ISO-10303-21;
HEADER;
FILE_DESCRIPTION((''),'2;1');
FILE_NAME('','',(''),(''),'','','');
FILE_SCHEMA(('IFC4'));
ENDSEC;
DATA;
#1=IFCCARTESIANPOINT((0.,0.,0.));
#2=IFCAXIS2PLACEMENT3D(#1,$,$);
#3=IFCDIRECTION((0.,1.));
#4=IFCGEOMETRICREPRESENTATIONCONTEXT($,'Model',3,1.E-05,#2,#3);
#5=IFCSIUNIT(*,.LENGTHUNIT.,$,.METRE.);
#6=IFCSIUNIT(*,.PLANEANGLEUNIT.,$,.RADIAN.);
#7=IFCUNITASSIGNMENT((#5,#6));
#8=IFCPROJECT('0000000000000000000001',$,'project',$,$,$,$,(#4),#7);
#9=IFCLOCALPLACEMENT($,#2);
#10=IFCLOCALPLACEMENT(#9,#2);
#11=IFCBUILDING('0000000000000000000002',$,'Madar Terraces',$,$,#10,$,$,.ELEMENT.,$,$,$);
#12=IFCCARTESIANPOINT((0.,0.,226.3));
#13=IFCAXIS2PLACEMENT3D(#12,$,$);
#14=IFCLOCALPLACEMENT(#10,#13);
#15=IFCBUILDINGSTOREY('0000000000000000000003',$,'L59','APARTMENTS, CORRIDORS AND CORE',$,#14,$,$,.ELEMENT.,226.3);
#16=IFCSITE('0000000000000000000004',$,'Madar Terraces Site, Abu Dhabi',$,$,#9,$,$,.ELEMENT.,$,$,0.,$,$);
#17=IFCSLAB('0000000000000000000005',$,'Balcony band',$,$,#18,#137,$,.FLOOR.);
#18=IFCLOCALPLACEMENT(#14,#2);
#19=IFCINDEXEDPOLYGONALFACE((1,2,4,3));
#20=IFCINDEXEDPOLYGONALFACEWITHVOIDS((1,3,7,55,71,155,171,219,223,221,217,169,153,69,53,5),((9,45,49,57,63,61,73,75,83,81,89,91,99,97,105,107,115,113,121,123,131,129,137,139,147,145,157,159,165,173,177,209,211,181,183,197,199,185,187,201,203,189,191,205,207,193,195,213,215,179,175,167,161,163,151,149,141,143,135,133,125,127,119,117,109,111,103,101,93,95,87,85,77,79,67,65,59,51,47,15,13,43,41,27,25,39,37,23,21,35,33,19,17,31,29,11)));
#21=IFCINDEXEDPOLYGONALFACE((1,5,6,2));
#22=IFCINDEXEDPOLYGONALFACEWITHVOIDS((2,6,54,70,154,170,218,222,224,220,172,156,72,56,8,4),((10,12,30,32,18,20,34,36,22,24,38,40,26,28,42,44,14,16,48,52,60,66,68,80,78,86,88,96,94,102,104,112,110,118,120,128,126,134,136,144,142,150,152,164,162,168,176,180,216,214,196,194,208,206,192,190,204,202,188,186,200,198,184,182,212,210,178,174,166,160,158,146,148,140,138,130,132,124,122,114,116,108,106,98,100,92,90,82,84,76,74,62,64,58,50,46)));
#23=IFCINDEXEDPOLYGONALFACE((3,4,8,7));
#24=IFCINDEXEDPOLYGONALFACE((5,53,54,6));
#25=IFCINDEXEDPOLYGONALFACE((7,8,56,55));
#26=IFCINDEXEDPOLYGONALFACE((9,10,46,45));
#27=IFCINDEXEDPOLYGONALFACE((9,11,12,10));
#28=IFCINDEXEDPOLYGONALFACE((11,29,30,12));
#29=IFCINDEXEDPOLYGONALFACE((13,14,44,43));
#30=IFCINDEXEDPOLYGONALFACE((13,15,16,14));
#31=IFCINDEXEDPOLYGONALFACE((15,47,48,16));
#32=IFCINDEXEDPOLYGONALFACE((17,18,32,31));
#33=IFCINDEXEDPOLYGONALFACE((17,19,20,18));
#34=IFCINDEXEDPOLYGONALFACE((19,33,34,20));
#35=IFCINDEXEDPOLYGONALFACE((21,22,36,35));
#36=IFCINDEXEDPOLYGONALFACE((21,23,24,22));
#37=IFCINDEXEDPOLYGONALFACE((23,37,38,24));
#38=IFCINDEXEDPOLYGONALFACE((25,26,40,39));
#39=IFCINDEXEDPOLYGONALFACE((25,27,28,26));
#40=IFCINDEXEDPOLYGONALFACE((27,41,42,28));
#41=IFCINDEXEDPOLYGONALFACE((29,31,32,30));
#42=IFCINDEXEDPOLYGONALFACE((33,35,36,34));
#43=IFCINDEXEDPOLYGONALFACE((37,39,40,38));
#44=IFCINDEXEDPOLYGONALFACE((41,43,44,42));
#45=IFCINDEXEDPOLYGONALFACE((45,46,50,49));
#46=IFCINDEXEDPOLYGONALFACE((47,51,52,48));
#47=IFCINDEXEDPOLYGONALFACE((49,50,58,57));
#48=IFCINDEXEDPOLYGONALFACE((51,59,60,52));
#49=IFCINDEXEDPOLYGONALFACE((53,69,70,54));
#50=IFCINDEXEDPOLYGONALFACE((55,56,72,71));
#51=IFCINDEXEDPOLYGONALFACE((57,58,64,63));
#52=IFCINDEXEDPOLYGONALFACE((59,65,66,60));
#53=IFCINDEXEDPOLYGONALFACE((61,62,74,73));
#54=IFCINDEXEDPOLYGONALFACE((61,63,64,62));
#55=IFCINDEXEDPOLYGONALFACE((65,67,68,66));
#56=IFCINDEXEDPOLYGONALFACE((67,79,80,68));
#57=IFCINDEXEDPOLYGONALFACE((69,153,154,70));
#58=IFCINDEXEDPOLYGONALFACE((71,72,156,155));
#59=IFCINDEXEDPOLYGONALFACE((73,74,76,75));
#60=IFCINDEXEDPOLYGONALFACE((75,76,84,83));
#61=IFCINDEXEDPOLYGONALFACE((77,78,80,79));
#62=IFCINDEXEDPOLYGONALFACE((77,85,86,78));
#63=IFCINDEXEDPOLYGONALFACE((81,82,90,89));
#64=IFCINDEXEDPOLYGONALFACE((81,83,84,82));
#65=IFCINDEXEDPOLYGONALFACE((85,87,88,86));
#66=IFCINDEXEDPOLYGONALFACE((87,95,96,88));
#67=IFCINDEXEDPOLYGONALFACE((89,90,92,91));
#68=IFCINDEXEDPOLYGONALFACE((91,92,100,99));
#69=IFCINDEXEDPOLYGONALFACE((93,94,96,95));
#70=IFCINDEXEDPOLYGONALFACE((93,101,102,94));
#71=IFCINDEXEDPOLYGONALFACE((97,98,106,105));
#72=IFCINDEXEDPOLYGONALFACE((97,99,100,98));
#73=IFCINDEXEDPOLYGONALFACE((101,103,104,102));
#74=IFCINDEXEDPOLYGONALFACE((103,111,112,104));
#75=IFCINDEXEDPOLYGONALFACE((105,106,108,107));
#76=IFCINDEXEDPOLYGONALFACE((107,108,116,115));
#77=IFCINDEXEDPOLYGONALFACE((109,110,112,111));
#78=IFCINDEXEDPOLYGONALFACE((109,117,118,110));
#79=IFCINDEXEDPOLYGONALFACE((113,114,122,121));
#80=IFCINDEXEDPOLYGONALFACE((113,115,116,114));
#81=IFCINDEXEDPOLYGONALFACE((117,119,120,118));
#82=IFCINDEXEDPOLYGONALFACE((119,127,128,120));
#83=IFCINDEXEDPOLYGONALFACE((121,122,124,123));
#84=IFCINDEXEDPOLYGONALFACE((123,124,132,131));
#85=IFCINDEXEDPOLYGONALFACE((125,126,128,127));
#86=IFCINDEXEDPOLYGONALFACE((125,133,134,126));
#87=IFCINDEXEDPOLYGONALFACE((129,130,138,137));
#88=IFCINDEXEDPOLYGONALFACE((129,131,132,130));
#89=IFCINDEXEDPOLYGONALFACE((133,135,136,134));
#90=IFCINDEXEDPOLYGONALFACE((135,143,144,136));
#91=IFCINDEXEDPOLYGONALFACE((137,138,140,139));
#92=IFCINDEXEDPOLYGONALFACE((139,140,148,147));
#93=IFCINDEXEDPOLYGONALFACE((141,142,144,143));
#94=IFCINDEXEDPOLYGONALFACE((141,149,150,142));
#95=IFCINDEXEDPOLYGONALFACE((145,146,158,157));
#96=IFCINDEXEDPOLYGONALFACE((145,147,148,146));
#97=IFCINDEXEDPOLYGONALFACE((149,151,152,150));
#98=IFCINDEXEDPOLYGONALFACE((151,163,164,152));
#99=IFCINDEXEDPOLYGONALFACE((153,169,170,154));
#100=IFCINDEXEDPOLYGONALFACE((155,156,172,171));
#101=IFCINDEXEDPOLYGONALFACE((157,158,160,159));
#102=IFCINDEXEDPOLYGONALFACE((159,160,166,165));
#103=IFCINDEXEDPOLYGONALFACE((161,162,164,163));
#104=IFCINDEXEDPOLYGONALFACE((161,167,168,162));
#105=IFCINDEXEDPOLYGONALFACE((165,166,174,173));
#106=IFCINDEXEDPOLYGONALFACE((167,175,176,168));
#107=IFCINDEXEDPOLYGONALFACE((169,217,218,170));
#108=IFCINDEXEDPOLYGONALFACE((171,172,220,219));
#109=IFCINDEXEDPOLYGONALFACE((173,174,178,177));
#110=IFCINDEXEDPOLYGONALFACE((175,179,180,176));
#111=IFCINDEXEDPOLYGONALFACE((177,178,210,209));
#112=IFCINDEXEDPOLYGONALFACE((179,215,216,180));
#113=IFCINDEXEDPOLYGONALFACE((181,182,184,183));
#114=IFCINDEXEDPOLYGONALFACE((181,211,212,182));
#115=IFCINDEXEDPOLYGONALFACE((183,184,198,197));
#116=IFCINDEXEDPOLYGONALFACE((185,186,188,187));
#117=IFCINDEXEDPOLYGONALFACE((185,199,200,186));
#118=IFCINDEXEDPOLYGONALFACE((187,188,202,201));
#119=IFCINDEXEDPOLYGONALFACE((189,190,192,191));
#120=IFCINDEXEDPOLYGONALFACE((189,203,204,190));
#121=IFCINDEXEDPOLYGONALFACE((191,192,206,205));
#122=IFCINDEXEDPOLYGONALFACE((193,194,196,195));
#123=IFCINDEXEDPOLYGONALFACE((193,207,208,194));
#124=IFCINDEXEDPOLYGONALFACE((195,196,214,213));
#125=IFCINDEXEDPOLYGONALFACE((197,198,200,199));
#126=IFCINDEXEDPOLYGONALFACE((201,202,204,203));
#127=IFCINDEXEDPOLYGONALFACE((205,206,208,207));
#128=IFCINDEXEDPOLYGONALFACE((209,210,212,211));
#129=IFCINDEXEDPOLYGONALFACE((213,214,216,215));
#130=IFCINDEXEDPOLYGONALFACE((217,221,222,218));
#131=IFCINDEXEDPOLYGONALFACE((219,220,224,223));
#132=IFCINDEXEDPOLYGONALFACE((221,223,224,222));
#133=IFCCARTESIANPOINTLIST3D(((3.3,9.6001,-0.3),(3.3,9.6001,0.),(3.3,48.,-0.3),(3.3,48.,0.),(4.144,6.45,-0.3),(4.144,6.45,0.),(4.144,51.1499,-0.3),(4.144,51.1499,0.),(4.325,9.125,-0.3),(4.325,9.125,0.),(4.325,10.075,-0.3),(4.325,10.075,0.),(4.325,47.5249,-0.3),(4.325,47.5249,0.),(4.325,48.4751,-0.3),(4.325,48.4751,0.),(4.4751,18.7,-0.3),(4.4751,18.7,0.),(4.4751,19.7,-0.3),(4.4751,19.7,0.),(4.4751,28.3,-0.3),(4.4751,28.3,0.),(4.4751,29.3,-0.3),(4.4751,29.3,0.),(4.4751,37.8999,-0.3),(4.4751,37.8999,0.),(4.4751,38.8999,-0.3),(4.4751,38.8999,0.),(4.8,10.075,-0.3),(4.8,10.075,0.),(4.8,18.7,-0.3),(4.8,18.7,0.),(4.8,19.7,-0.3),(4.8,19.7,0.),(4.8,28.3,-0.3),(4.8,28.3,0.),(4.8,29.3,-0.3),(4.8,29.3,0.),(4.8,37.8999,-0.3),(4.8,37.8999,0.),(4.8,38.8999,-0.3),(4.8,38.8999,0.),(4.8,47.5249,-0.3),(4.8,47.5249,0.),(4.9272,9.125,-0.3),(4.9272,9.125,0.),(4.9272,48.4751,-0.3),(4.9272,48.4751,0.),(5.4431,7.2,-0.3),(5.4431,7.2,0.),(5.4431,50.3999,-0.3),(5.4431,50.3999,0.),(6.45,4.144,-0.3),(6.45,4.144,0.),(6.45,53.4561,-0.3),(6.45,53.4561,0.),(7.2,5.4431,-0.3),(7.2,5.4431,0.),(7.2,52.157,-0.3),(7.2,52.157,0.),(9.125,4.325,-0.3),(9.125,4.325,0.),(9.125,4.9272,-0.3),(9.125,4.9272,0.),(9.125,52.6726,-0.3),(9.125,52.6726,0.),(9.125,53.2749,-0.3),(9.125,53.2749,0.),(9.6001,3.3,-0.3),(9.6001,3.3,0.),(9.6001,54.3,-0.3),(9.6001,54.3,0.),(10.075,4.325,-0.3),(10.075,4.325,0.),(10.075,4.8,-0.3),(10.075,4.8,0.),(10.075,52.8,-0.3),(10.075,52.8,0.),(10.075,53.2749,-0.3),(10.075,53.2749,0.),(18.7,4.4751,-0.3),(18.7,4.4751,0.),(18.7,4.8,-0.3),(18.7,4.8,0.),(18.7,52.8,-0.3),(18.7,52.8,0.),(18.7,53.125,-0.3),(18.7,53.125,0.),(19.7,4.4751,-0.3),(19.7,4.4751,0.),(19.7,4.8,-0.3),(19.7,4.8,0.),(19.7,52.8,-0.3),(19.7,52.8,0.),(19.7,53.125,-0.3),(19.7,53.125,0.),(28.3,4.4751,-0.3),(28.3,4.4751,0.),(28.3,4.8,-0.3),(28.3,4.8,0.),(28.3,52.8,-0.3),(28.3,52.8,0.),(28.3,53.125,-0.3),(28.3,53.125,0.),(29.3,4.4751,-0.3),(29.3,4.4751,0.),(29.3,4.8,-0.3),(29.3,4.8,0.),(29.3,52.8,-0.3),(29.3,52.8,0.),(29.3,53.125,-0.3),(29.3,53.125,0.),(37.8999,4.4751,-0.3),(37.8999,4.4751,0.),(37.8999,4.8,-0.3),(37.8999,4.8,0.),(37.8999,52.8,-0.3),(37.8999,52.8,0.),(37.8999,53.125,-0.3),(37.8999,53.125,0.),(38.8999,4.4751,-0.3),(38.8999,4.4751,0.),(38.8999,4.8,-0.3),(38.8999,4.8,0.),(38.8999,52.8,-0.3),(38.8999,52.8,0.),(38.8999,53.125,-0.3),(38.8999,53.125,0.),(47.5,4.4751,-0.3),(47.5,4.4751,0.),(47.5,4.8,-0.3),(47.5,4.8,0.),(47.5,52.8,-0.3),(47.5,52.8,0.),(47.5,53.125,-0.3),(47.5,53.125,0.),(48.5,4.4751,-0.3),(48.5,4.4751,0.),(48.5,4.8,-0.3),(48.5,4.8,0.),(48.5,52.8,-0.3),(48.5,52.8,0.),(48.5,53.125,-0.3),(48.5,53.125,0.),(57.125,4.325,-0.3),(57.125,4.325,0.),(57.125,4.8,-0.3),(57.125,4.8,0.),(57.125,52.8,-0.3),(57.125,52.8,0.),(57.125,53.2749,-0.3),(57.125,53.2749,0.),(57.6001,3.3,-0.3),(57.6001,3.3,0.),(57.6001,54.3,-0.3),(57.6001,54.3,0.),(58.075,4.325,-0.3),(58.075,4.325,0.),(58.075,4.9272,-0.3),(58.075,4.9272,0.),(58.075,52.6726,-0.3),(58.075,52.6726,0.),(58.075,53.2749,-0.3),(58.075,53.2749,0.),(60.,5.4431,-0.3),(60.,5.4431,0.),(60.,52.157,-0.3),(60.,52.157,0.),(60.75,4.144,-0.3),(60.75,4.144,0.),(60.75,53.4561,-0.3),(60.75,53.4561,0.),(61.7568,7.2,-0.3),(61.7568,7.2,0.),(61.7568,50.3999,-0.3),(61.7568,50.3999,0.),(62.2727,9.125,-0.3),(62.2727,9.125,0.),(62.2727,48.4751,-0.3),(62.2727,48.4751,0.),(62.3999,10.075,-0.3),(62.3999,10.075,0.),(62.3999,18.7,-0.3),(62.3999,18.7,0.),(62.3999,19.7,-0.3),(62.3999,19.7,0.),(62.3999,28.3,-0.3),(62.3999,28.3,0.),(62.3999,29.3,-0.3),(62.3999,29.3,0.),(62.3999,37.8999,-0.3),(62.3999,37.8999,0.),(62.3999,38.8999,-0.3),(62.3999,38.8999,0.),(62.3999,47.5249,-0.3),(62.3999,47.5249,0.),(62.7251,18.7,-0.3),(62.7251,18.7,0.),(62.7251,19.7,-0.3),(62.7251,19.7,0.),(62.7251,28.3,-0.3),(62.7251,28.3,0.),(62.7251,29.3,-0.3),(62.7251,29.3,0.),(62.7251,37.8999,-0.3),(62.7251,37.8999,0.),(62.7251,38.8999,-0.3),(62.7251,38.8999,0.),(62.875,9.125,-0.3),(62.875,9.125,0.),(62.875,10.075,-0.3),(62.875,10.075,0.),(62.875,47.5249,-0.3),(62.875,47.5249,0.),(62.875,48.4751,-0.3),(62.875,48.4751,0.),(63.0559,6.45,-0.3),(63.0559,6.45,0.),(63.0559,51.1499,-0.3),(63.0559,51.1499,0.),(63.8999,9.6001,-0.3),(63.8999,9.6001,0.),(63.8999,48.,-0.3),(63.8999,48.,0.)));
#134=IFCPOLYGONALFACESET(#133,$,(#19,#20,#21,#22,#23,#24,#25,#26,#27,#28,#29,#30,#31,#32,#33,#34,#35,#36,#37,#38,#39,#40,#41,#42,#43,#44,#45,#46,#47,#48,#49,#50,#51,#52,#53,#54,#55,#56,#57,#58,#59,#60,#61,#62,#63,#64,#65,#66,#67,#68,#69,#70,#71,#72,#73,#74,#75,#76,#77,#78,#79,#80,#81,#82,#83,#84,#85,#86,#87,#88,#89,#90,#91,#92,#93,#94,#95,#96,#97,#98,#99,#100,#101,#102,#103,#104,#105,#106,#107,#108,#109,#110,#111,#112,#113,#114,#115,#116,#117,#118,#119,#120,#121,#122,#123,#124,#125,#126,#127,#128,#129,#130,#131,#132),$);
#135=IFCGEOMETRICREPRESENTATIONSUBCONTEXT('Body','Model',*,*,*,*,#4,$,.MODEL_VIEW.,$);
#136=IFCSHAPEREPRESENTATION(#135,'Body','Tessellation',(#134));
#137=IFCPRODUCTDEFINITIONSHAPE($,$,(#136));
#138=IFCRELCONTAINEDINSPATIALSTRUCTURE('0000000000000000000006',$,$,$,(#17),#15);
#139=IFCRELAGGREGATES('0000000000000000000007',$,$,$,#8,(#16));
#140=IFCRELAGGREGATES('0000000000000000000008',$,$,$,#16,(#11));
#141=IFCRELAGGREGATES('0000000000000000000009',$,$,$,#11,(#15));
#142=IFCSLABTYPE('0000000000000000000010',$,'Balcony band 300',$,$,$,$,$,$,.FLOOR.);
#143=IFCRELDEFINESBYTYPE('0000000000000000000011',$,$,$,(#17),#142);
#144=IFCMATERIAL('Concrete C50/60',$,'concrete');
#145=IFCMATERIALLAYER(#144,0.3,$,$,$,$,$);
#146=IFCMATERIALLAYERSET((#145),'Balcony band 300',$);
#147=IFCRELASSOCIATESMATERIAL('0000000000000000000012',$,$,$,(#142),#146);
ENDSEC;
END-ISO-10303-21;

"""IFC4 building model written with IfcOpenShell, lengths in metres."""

from ifc_helpers import new_model, si_unit, direction, frame, origin, place, context, subcontext, project, spatial, polyline, outline, extrude, material, layer, layer_set, type_object, element, save


model = new_model("IFC4")

# Units and contexts
model_context = context("Model", 3, precision=1e-05, world=origin(), true_north=direction((0.0, 1.0)))
body_context = subcontext(model_context, "Body", "Model", "MODEL_VIEW")
ifc_project = project(units=[si_unit("LENGTHUNIT", "METRE"), si_unit("PLANEANGLEUNIT", "RADIAN")], contexts=[model_context])

# Site, building, storey
site_placement = place(None, origin())
site = spatial("IfcSite", under=ifc_project, at=site_placement, Name="Madar Terraces Site, Abu Dhabi", CompositionType="ELEMENT", RefElevation=0.0)
building_placement = place(site_placement, origin())
building = spatial("IfcBuilding", under=site, at=building_placement, Name="Madar Terraces", CompositionType="ELEMENT")
storey_placement = place(building_placement, frame((0.0, 0.0, 226.3)))
storey = spatial("IfcBuildingStorey", under=building, at=storey_placement, Name="L59", Description="APARTMENTS, CORRIDORS AND CORE", CompositionType="ELEMENT", Elevation=226.3)

# Slab
ifc_material_1 = material(Name="Concrete C50/60", Category="concrete")
ifc_layer_1 = layer(ifc_material_1, 0.3)
ifc_layer_set_1 = layer_set([ifc_layer_1], Name="Balcony band 300")
slab_type_1 = type_object("IfcSlabType", Name="Balcony band 300", PredefinedType="FLOOR", material=ifc_layer_set_1)
slab_1_placement = place(storey_placement, frame((0.0, 0.0, -0.3)))
element("IfcSlab", 1, at=slab_1_placement, inside=storey, type_object=slab_type_1, Name="Balcony band", PredefinedType="FLOOR", context=body_context, shape_type="SweptSolid", body=[
    extrude(outline(polyline([(9.6001, 3.3), (6.45, 4.144), (4.144, 6.45), (3.3, 9.6001), (3.3, 48.0), (4.144, 51.1499), (6.45, 53.4561), (9.6001, 54.3), (57.6001, 54.3), (60.75, 53.4561), (63.0559, 51.1499), (63.8999, 48.0), (63.8999, 9.6001), (63.0559, 6.45), (60.75, 4.144), (57.6001, 3.3), (9.6001, 3.3)]), holes=[polyline([(10.075, 4.325), (10.075, 4.8), (18.7, 4.8), (18.7, 4.4751), (19.7, 4.4751), (19.7, 4.8), (28.3, 4.8), (28.3, 4.4751), (29.3, 4.4751), (29.3, 4.8), (37.8999, 4.8), (37.8999, 4.4751), (38.8999, 4.4751), (38.8999, 4.8), (47.5, 4.8), (47.5, 4.4751), (48.5, 4.4751), (48.5, 4.8), (57.125, 4.8), (57.125, 4.325), (58.075, 4.325), (58.075, 4.9272), (60.0, 5.4431), (61.7568, 7.2), (62.2727, 9.125), (62.875, 9.125), (62.875, 10.075), (62.3999, 10.075), (62.3999, 18.7), (62.7251, 18.7), (62.7251, 19.7), (62.3999, 19.7), (62.3999, 28.3), (62.7251, 28.3), (62.7251, 29.3), (62.3999, 29.3), (62.3999, 37.8999), (62.7251, 37.8999), (62.7251, 38.8999), (62.3999, 38.8999), (62.3999, 47.5249), (62.875, 47.5249), (62.875, 48.4751), (62.2727, 48.4751), (61.7568, 50.3999), (60.0, 52.157), (58.075, 52.6726), (58.075, 53.2749), (57.125, 53.2749), (57.125, 52.8), (48.5, 52.8), (48.5, 53.125), (47.5, 53.125), (47.5, 52.8), (38.8999, 52.8), (38.8999, 53.125), (37.8999, 53.125), (37.8999, 52.8), (29.3, 52.8), (29.3, 53.125), (28.3, 53.125), (28.3, 52.8), (19.7, 52.8), (19.7, 53.125), (18.7, 53.125), (18.7, 52.8), (10.075, 52.8), (10.075, 53.2749), (9.125, 53.2749), (9.125, 52.6726), (7.2, 52.157), (5.4431, 50.3999), (4.9272, 48.4751), (4.325, 48.4751), (4.325, 47.5249), (4.8, 47.5249), (4.8, 38.8999), (4.4751, 38.8999), (4.4751, 37.8999), (4.8, 37.8999), (4.8, 29.3), (4.4751, 29.3), (4.4751, 28.3), (4.8, 28.3), (4.8, 19.7), (4.4751, 19.7), (4.4751, 18.7), (4.8, 18.7), (4.8, 10.075), (4.325, 10.075), (4.325, 9.125), (4.9272, 9.125), (5.4431, 7.2), (7.2, 5.4431), (9.125, 4.9272), (9.125, 4.325), (10.075, 4.325)])]), origin(), (0.0, 0.0, 1.0), 0.3),
])

save(model, "model.ifc")
